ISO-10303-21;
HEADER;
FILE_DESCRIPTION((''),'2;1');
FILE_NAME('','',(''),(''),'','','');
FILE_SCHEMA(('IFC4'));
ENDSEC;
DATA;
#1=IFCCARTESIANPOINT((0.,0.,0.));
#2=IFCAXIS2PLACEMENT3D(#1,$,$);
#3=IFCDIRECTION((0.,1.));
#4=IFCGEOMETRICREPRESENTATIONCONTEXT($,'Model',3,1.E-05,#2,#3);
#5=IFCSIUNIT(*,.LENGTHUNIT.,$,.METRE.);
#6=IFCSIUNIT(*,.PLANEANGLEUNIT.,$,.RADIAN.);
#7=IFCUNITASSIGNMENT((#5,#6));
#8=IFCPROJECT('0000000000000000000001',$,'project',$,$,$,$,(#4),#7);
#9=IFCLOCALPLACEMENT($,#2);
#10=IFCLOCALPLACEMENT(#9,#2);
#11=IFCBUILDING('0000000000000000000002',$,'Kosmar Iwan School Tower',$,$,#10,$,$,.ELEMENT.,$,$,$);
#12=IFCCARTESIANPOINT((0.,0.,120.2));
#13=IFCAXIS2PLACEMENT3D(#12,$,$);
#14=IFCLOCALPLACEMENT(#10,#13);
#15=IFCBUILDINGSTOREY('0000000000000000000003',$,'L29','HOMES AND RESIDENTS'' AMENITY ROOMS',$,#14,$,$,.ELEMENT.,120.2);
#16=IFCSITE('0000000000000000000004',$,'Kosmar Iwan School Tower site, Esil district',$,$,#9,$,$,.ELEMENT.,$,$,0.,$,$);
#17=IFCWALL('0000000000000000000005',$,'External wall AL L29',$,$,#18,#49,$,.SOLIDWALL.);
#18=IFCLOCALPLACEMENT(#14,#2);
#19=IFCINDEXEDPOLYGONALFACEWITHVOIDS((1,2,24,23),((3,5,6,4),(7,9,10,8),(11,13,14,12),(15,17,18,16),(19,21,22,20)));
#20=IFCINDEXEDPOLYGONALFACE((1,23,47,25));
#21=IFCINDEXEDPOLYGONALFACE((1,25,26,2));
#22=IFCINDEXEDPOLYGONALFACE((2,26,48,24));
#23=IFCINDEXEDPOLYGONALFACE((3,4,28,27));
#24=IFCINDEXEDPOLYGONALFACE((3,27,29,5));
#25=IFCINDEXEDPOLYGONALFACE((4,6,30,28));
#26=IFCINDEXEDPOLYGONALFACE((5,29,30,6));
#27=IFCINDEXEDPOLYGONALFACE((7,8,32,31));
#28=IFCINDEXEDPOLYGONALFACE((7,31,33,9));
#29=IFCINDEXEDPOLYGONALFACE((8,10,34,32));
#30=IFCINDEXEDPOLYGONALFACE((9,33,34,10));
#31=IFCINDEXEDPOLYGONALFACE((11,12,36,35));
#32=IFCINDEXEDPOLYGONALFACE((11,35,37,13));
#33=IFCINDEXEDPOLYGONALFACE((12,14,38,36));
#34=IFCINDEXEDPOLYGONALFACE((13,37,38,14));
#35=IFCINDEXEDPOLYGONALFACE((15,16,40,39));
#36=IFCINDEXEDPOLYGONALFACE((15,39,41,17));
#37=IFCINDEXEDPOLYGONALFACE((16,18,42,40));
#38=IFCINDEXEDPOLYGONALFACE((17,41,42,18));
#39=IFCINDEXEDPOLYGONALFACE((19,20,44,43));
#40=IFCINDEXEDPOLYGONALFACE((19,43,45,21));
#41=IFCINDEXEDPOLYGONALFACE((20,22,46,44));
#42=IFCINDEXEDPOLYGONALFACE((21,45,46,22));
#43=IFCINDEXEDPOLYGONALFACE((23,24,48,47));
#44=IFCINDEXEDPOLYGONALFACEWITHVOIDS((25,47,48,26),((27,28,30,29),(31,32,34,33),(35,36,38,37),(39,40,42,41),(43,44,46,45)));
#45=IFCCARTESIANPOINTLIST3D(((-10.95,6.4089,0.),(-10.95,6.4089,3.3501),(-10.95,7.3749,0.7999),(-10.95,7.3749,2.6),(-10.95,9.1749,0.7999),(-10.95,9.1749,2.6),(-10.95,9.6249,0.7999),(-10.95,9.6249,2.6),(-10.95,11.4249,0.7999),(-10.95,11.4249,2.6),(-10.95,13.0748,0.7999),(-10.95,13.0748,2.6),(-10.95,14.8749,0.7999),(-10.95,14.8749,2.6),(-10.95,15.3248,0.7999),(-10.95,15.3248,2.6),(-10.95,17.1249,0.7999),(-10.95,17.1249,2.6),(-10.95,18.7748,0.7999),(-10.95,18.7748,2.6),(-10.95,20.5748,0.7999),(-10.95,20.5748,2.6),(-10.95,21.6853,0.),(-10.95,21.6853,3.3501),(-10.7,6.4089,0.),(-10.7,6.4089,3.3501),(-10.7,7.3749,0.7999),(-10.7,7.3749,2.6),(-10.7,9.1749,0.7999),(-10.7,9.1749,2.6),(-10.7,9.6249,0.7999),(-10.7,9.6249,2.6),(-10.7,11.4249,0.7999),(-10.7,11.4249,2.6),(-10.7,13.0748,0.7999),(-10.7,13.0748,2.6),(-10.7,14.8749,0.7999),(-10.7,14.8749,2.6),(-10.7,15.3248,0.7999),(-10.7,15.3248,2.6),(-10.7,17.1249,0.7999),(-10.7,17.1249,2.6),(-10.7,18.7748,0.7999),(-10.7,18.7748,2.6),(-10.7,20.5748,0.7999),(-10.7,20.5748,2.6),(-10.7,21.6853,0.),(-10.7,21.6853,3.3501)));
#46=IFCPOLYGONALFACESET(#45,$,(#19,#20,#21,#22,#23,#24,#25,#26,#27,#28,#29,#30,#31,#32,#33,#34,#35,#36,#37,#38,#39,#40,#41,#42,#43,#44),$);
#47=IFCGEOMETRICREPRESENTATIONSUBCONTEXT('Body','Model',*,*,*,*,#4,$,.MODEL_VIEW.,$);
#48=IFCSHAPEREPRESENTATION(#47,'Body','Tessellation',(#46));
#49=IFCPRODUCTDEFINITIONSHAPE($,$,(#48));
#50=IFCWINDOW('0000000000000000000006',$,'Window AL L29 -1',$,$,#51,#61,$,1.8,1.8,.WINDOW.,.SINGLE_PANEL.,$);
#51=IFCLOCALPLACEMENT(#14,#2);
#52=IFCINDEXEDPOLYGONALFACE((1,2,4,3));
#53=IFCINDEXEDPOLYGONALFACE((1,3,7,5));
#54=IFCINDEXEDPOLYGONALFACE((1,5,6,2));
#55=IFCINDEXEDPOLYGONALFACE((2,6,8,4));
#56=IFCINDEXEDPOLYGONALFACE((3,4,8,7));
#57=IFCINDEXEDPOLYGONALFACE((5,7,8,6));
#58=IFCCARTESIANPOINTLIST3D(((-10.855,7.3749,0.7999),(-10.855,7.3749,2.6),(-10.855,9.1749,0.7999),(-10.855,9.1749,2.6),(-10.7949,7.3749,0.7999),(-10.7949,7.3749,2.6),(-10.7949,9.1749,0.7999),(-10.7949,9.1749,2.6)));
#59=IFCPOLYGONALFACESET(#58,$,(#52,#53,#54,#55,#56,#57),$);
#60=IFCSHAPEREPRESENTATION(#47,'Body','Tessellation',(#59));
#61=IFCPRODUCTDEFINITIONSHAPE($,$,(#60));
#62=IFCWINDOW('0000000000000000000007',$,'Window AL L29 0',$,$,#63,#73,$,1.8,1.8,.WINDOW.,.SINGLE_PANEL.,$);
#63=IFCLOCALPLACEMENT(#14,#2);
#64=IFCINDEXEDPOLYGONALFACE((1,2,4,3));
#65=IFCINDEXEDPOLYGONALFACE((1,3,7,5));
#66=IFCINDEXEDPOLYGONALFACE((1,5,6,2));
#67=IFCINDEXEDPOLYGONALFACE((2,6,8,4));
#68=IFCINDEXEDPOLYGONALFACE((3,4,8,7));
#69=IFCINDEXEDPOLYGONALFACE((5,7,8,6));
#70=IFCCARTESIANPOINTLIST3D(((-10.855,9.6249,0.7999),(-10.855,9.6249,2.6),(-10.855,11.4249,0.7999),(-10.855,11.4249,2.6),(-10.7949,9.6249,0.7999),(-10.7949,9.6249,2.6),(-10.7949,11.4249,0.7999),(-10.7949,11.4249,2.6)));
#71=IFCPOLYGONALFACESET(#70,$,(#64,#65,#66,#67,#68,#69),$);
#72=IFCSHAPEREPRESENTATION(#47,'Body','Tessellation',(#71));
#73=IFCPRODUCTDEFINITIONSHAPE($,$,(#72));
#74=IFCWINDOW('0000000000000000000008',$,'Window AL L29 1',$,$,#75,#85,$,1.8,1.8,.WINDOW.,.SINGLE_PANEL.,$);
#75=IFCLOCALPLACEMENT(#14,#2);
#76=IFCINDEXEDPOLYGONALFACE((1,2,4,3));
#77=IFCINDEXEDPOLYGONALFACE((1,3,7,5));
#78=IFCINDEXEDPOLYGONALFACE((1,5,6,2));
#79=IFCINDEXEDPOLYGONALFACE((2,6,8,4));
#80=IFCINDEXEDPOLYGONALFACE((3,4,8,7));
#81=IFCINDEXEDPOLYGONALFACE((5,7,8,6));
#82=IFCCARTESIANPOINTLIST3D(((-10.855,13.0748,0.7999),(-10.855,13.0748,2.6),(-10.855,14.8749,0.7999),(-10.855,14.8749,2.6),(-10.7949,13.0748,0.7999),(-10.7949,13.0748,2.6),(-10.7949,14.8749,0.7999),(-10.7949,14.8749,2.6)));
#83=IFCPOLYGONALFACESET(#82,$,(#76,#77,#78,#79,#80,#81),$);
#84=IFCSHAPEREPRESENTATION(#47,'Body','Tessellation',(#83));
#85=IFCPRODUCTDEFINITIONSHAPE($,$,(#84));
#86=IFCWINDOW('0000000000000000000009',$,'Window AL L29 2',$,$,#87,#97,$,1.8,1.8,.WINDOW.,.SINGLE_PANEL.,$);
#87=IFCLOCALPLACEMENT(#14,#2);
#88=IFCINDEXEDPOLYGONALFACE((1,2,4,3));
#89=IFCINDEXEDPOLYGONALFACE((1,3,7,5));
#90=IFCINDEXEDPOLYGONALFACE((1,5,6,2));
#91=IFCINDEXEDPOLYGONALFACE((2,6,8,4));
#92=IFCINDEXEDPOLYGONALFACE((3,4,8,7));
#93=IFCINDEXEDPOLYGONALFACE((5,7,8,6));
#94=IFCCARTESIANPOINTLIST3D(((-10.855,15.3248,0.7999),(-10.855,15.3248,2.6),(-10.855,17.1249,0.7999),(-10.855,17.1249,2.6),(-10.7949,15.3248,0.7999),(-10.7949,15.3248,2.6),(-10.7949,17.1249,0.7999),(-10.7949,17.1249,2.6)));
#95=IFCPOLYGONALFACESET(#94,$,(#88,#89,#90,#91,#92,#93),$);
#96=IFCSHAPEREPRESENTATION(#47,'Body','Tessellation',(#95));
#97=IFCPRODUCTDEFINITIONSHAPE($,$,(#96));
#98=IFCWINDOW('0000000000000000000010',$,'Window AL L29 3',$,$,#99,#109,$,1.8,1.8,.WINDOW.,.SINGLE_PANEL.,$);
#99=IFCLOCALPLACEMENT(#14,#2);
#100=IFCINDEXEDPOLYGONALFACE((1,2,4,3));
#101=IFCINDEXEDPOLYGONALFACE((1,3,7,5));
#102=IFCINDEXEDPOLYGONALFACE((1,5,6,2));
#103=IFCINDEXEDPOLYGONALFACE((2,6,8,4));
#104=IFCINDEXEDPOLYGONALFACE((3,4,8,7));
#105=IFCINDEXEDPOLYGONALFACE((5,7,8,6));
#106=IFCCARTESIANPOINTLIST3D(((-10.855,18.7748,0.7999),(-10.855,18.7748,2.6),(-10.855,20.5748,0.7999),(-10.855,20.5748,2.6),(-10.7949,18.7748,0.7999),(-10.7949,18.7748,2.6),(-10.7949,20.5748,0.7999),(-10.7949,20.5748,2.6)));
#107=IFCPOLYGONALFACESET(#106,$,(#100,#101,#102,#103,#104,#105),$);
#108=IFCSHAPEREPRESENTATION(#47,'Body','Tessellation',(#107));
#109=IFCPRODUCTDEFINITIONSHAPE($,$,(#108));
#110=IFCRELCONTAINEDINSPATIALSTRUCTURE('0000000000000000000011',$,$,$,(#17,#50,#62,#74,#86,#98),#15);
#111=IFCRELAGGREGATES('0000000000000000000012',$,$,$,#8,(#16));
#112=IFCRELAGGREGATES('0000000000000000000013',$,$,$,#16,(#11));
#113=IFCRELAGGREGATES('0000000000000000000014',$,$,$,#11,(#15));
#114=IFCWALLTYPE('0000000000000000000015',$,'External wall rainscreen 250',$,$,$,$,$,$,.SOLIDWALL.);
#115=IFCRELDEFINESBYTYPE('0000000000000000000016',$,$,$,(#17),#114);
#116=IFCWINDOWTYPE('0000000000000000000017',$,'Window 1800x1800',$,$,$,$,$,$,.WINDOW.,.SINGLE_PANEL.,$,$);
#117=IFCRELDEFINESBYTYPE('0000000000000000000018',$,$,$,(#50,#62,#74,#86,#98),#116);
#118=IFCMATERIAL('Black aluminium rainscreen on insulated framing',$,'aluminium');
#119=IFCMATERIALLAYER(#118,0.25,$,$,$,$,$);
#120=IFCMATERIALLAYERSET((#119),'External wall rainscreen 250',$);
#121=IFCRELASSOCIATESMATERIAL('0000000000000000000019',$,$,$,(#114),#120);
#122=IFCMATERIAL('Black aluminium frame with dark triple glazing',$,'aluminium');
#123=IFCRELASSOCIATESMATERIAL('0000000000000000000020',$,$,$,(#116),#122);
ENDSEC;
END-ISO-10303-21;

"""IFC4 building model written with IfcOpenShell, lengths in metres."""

from ifc_helpers import new_model, si_unit, direction, frame, frame_2d, origin, place, context, subcontext, project, spatial, rectangle, extrude, material, layer, layer_set, type_object, element, fill, save


model = new_model("IFC4")

# Units and contexts
model_context = context("Model", 3, precision=1e-05, world=origin(), true_north=direction((0.0, 1.0)))
body_context = subcontext(model_context, "Body", "Model", "MODEL_VIEW")
ifc_project = project(units=[si_unit("LENGTHUNIT", "METRE"), si_unit("PLANEANGLEUNIT", "RADIAN")], contexts=[model_context])

# Site, building, storey
site_placement = place(None, origin())
site = spatial("IfcSite", under=ifc_project, at=site_placement, Name="Kosmar Iwan School Tower site, Esil district", CompositionType="ELEMENT", RefElevation=0.0)
building_placement = place(site_placement, origin())
building = spatial("IfcBuilding", under=site, at=building_placement, Name="Kosmar Iwan School Tower", CompositionType="ELEMENT")
storey_placement = place(building_placement, frame((0.0, 0.0, 120.2)))
storey = spatial("IfcBuildingStorey", under=building, at=storey_placement, Name="L29", Description="HOMES AND RESIDENTS' AMENITY ROOMS", CompositionType="ELEMENT", Elevation=120.2)

# Wall, openings, windows
ifc_material_1 = material(Name="Black aluminium rainscreen on insulated framing", Category="aluminium")
ifc_layer_1 = layer(ifc_material_1, 0.25)
ifc_layer_set_1 = layer_set([ifc_layer_1], Name="External wall rainscreen 250")
wall_type = type_object("IfcWallType", Name="External wall rainscreen 250", PredefinedType="SOLIDWALL", material=ifc_layer_set_1)
wall_1_placement = place(storey_placement, frame((-10.825, 6.4089, 0.0), z_axis=(0.0, 0.0, 1.0), x_axis=(0.0, 1.0, 0.0)))
wall_1 = element("IfcWall", 1, at=wall_1_placement, inside=storey, type_object=wall_type, Name="External wall AL L29", PredefinedType="SOLIDWALL", context=body_context, shape_type="SweptSolid", body=[
    extrude(rectangle(XDim=15.2764, YDim=0.25, at=frame_2d((7.6382, 0.0))), origin(), (0.0, 0.0, 1.0), 3.3501),
])
opening_1_placement = place(wall_1_placement, frame((0.9661, 0.0, 0.8)))
opening_1 = element("IfcOpeningElement", 2, at=opening_1_placement, cuts=wall_1, PredefinedType="OPENING", context=body_context, shape_type="SweptSolid", body=[
    extrude(rectangle(XDim=1.8, YDim=1.8, at=frame_2d((0.8999, 0.8999))), frame((0.0, 0.137, 0.0), z_axis=(0.0, -1.0, 0.0), x_axis=(1.0, 0.0, 0.0)), (0.0, 0.0, 1.0), 0.2739),
])
opening_2_placement = place(wall_1_placement, frame((3.2161, 0.0, 0.8)))
opening_2 = element("IfcOpeningElement", 3, at=opening_2_placement, cuts=wall_1, PredefinedType="OPENING", context=body_context, shape_type="SweptSolid", body=[
    extrude(rectangle(XDim=1.8, YDim=1.8, at=frame_2d((0.8999, 0.8999))), frame((0.0, 0.137, 0.0), z_axis=(0.0, -1.0, 0.0), x_axis=(1.0, 0.0, 0.0)), (0.0, 0.0, 1.0), 0.2739),
])
opening_3_placement = place(wall_1_placement, frame((6.666, 0.0, 0.8)))
opening_3 = element("IfcOpeningElement", 4, at=opening_3_placement, cuts=wall_1, PredefinedType="OPENING", context=body_context, shape_type="SweptSolid", body=[
    extrude(rectangle(XDim=1.8, YDim=1.8, at=frame_2d((0.8999, 0.8999))), frame((0.0, 0.137, 0.0), z_axis=(0.0, -1.0, 0.0), x_axis=(1.0, 0.0, 0.0)), (0.0, 0.0, 1.0), 0.2739),
])
opening_4_placement = place(wall_1_placement, frame((8.916, 0.0, 0.8)))
opening_4 = element("IfcOpeningElement", 5, at=opening_4_placement, cuts=wall_1, PredefinedType="OPENING", context=body_context, shape_type="SweptSolid", body=[
    extrude(rectangle(XDim=1.8, YDim=1.8, at=frame_2d((0.8999, 0.8999))), frame((0.0, 0.137, 0.0), z_axis=(0.0, -1.0, 0.0), x_axis=(1.0, 0.0, 0.0)), (0.0, 0.0, 1.0), 0.2739),
])
opening_5_placement = place(wall_1_placement, frame((12.366, 0.0, 0.8)))
opening_5 = element("IfcOpeningElement", 6, at=opening_5_placement, cuts=wall_1, PredefinedType="OPENING", context=body_context, shape_type="SweptSolid", body=[
    extrude(rectangle(XDim=1.8, YDim=1.8, at=frame_2d((0.8999, 0.8999))), frame((0.0, 0.137, 0.0), z_axis=(0.0, -1.0, 0.0), x_axis=(1.0, 0.0, 0.0)), (0.0, 0.0, 1.0), 0.2739),
])
ifc_material_2 = material(Name="Black aluminium frame with dark triple glazing", Category="aluminium")
window_type = type_object("IfcWindowType", Name="Window 1800x1800", PartitioningType="SINGLE_PANEL", PredefinedType="WINDOW", material=ifc_material_2)
window_1_placement = place(opening_1_placement, origin())
window_1 = element("IfcWindow", 7, at=window_1_placement, inside=storey, type_object=window_type, Name="Window AL L29 -1", OverallHeight=1.8, OverallWidth=1.8, PartitioningType="SINGLE_PANEL", PredefinedType="WINDOW", context=body_context, shape_type="SweptSolid", body=[
    extrude(rectangle(XDim=1.8, YDim=1.8, at=frame_2d((0.8999, 0.8999))), frame((0.0, 0.03, 0.0), z_axis=(0.0, -1.0, 0.0), x_axis=(1.0, 0.0, 0.0)), (0.0, 0.0, 1.0), 0.0601),
])
fill(opening_1, window_1)
window_2_placement = place(opening_2_placement, origin())
window_2 = element("IfcWindow", 8, at=window_2_placement, inside=storey, type_object=window_type, Name="Window AL L29 0", OverallHeight=1.8, OverallWidth=1.8, PartitioningType="SINGLE_PANEL", PredefinedType="WINDOW", context=body_context, shape_type="SweptSolid", body=[
    extrude(rectangle(XDim=1.8, YDim=1.8, at=frame_2d((0.8999, 0.8999))), frame((0.0, 0.03, 0.0), z_axis=(0.0, -1.0, 0.0), x_axis=(1.0, 0.0, 0.0)), (0.0, 0.0, 1.0), 0.0601),
])
fill(opening_2, window_2)
window_3_placement = place(opening_3_placement, origin())
window_3 = element("IfcWindow", 9, at=window_3_placement, inside=storey, type_object=window_type, Name="Window AL L29 1", OverallHeight=1.8, OverallWidth=1.8, PartitioningType="SINGLE_PANEL", PredefinedType="WINDOW", context=body_context, shape_type="SweptSolid", body=[
    extrude(rectangle(XDim=1.8, YDim=1.8, at=frame_2d((0.8999, 0.8999))), frame((0.0, 0.03, 0.0), z_axis=(0.0, -1.0, 0.0), x_axis=(1.0, 0.0, 0.0)), (0.0, 0.0, 1.0), 0.0601),
])
fill(opening_3, window_3)
window_4_placement = place(opening_4_placement, origin())
window_4 = element("IfcWindow", 10, at=window_4_placement, inside=storey, type_object=window_type, Name="Window AL L29 2", OverallHeight=1.8, OverallWidth=1.8, PartitioningType="SINGLE_PANEL", PredefinedType="WINDOW", context=body_context, shape_type="SweptSolid", body=[
    extrude(rectangle(XDim=1.8, YDim=1.8, at=frame_2d((0.8999, 0.8999))), frame((0.0, 0.03, 0.0), z_axis=(0.0, -1.0, 0.0), x_axis=(1.0, 0.0, 0.0)), (0.0, 0.0, 1.0), 0.0601),
])
fill(opening_4, window_4)
window_5_placement = place(opening_5_placement, origin())
window_5 = element("IfcWindow", 11, at=window_5_placement, inside=storey, type_object=window_type, Name="Window AL L29 3", OverallHeight=1.8, OverallWidth=1.8, PartitioningType="SINGLE_PANEL", PredefinedType="WINDOW", context=body_context, shape_type="SweptSolid", body=[
    extrude(rectangle(XDim=1.8, YDim=1.8, at=frame_2d((0.8999, 0.8999))), frame((0.0, 0.03, 0.0), z_axis=(0.0, -1.0, 0.0), x_axis=(1.0, 0.0, 0.0)), (0.0, 0.0, 1.0), 0.0601),
])
fill(opening_5, window_5)

save(model, "model.ifc")
